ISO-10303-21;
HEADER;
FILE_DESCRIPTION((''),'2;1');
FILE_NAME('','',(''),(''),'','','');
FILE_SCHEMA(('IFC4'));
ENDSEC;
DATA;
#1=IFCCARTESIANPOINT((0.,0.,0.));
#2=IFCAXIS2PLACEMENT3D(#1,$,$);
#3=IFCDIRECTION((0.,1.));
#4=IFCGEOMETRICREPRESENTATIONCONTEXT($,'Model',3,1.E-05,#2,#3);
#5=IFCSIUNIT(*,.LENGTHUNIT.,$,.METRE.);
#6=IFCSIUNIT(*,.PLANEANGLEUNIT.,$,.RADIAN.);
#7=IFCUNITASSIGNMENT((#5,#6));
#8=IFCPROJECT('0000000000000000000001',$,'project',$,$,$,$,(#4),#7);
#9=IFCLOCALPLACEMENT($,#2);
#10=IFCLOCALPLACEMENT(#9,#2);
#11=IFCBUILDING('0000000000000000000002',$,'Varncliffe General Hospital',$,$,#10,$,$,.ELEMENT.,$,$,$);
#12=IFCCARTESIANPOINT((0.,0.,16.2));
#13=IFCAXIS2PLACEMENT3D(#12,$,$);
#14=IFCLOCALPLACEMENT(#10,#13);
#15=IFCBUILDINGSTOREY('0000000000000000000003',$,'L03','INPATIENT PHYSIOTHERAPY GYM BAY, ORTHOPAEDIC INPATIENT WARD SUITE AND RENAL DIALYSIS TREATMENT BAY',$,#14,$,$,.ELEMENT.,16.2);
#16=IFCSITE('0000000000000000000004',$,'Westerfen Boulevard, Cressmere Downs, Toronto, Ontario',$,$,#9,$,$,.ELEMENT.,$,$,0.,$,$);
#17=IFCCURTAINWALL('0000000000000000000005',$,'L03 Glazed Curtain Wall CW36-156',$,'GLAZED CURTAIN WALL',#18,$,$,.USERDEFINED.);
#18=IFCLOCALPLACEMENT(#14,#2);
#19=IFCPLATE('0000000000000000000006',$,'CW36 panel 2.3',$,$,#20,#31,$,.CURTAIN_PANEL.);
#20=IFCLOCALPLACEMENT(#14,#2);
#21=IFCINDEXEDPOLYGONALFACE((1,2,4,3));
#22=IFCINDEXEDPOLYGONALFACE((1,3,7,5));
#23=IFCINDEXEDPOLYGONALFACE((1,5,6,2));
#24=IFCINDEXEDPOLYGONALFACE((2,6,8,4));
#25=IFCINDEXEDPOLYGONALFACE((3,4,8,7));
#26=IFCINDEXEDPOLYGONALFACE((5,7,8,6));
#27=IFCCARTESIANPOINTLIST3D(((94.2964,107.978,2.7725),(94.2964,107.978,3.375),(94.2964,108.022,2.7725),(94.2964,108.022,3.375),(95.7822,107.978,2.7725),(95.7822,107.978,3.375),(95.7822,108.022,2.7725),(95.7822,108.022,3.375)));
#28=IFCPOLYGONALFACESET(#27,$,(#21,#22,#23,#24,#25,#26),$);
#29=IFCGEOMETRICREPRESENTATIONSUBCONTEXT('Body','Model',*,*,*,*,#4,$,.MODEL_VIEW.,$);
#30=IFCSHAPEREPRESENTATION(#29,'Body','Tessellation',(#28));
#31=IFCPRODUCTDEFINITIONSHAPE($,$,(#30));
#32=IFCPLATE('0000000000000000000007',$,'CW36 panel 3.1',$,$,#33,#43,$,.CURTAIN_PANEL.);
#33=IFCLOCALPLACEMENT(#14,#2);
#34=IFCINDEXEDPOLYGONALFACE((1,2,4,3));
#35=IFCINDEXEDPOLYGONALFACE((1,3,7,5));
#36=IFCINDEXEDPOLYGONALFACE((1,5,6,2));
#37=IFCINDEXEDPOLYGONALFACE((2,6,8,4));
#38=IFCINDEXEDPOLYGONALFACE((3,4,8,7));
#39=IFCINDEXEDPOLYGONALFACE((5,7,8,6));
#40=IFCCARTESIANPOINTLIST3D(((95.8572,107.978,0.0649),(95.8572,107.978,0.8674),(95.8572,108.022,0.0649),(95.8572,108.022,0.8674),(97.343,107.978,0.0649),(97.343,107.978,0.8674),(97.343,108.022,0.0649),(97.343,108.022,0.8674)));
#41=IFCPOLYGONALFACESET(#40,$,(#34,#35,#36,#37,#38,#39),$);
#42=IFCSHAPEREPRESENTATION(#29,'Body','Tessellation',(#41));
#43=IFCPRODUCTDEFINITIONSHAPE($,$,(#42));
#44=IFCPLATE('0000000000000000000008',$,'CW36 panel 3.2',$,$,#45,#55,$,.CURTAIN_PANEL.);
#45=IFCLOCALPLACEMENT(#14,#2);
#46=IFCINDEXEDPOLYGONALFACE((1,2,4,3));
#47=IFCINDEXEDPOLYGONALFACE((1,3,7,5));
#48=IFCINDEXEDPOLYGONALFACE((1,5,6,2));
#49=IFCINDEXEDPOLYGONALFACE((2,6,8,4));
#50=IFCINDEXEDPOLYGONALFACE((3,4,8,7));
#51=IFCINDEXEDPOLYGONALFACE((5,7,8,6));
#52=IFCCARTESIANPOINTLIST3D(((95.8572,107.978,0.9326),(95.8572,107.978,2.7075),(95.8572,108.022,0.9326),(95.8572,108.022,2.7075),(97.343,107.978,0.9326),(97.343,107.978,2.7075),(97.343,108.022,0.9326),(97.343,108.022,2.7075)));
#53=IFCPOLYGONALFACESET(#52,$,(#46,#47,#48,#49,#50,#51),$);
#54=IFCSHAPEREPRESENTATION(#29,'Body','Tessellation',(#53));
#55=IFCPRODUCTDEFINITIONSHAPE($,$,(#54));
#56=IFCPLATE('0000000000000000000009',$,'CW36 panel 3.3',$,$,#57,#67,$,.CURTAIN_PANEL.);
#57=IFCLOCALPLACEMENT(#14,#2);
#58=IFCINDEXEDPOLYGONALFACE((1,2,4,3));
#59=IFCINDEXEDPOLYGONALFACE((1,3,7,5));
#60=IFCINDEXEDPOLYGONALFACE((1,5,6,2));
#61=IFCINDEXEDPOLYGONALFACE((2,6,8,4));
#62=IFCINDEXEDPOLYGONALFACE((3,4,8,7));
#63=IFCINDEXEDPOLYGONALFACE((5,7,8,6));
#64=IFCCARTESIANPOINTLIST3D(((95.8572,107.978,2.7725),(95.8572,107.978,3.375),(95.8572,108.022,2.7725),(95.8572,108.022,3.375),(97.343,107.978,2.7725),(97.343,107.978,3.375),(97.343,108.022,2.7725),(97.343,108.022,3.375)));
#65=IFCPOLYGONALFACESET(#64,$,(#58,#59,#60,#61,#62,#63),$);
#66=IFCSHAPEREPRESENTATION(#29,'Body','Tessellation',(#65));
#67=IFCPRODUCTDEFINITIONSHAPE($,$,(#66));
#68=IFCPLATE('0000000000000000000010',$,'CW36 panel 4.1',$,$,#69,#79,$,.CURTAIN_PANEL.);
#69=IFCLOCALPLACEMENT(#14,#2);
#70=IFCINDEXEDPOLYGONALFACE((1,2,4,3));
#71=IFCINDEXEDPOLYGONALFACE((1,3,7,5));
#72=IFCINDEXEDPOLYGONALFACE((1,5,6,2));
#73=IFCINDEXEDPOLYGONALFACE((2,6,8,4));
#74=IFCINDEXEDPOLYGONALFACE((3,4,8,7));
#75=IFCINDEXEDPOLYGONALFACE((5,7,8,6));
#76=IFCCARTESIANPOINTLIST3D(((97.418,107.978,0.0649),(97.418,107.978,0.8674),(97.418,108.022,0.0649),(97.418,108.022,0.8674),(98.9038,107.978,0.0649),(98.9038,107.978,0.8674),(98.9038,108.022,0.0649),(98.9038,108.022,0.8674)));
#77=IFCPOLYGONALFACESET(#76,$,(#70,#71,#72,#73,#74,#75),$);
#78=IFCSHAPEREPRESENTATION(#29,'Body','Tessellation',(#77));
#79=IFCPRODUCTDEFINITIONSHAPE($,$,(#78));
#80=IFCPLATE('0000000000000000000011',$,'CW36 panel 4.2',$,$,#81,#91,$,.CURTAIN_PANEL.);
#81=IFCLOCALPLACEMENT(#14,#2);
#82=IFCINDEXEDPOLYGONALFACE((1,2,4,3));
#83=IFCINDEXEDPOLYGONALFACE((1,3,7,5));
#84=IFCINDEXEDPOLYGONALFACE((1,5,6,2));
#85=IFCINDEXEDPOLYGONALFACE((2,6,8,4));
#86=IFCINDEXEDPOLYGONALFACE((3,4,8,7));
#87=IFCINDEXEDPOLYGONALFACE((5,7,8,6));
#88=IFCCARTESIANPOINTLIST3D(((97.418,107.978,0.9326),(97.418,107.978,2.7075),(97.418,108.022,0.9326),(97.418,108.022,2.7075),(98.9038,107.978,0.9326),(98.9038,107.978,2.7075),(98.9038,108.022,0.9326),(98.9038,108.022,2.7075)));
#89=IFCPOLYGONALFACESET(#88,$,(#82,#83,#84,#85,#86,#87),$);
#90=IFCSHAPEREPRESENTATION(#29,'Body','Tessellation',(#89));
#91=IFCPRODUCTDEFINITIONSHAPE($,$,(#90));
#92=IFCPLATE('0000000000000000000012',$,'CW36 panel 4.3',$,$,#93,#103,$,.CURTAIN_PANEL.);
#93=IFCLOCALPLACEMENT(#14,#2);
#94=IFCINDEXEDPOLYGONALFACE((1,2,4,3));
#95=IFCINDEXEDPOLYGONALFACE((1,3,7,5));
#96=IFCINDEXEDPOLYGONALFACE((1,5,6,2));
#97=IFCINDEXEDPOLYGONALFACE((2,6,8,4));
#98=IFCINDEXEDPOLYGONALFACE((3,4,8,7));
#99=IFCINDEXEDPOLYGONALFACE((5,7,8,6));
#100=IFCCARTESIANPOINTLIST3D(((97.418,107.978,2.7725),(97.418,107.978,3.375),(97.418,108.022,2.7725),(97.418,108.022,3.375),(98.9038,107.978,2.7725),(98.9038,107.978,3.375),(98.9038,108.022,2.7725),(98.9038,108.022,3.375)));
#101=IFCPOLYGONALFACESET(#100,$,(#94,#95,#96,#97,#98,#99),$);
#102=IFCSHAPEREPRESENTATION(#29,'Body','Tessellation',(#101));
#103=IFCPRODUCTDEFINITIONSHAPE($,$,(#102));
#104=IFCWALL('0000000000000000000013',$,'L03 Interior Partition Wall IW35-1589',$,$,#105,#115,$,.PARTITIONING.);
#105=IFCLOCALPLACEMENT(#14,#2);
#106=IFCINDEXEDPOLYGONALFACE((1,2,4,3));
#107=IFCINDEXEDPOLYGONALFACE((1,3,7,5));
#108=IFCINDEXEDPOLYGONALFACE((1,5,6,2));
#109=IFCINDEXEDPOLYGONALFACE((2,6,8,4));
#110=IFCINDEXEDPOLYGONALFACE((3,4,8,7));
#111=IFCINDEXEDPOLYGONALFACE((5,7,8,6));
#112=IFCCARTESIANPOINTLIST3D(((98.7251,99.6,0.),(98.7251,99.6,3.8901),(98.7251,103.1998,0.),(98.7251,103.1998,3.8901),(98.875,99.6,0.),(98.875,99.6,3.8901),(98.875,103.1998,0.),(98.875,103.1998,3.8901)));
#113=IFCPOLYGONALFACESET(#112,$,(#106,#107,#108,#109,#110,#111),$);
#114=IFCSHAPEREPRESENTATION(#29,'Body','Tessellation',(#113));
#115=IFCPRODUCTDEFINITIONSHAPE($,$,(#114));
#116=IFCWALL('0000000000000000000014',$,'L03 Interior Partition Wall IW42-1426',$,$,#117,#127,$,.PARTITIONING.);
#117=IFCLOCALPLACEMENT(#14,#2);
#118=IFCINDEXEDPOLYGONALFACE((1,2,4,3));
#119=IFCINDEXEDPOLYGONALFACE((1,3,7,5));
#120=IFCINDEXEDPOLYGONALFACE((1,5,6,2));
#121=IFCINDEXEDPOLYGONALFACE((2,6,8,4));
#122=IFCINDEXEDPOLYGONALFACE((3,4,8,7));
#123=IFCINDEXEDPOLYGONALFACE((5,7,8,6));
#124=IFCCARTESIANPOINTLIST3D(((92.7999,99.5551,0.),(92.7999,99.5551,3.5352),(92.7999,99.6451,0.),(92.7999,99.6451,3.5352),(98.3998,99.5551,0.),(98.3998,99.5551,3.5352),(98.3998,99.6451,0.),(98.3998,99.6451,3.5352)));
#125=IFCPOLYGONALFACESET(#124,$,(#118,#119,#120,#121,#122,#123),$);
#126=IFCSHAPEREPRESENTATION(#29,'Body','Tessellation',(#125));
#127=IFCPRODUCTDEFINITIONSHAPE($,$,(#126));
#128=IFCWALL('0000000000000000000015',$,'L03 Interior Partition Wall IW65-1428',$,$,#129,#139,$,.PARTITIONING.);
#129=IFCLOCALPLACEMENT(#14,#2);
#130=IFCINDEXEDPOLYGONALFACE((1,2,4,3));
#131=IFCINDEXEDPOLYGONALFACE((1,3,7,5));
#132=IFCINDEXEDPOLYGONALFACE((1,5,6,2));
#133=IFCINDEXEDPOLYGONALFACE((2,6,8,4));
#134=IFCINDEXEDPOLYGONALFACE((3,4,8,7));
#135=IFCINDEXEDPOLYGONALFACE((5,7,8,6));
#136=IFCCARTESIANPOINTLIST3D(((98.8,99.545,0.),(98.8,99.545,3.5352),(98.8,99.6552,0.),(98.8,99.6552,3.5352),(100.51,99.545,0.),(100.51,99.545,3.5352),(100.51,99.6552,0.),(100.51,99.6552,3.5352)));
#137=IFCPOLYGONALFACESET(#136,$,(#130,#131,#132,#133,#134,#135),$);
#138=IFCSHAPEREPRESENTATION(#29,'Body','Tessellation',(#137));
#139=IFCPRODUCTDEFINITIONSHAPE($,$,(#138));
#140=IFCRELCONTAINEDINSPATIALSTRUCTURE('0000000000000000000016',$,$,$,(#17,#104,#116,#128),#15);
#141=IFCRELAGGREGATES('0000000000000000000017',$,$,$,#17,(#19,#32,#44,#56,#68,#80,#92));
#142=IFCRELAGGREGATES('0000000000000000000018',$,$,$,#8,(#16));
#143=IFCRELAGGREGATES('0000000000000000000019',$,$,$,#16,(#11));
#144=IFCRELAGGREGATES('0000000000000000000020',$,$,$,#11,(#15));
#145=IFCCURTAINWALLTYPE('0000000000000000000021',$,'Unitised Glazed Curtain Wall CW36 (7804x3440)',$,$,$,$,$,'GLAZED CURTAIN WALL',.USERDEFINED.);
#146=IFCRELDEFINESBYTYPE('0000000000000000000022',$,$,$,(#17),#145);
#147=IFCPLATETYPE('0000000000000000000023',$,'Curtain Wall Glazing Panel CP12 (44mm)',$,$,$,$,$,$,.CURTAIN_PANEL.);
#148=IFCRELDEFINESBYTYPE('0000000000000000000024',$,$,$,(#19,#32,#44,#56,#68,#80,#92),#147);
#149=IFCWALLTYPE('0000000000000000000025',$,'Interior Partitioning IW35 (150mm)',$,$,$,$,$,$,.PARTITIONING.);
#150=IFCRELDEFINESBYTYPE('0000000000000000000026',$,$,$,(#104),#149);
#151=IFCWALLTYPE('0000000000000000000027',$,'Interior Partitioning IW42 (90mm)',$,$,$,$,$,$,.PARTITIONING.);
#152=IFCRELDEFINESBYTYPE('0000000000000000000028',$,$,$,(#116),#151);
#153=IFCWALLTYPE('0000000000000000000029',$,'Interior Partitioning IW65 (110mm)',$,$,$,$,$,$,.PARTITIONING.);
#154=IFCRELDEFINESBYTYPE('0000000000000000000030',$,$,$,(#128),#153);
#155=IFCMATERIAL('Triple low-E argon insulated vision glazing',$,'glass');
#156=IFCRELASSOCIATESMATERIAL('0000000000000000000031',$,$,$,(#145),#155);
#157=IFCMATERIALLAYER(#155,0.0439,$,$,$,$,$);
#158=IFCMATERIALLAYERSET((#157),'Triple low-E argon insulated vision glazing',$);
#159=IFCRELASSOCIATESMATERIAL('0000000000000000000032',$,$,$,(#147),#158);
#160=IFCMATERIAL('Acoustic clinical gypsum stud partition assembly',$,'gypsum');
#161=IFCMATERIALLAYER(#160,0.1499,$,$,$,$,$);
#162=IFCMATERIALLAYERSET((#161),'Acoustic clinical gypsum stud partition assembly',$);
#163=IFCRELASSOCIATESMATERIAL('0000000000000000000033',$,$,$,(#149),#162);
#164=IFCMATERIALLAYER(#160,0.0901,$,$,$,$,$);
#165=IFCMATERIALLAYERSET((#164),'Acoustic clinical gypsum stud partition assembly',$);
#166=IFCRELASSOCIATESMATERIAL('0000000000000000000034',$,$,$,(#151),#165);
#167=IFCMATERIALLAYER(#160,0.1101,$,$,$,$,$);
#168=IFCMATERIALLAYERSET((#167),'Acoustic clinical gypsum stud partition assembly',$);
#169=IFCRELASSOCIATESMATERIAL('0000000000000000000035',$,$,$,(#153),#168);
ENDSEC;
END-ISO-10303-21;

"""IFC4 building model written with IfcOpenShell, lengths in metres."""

from ifc_helpers import new_model, si_unit, direction, frame, frame_2d, origin, origin_2d, place, context, subcontext, project, spatial, rectangle, extrude, material, layer, layer_set, type_object, element, aggregate, save


model = new_model("IFC4")

# Units and contexts
model_context = context("Model", 3, precision=1e-05, world=origin(), true_north=direction((0.0, 1.0)))
body_context = subcontext(model_context, "Body", "Model", "MODEL_VIEW")
ifc_project = project(units=[si_unit("LENGTHUNIT", "METRE"), si_unit("PLANEANGLEUNIT", "RADIAN")], contexts=[model_context])

# Site, building, storey
site_placement = place(None, origin())
site = spatial("IfcSite", under=ifc_project, at=site_placement, Name="Westerfen Boulevard, Cressmere Downs, Toronto, Ontario", CompositionType="ELEMENT", RefElevation=0.0)
building_placement = place(site_placement, origin())
building = spatial("IfcBuilding", under=site, at=building_placement, Name="Varncliffe General Hospital", CompositionType="ELEMENT")
storey_placement = place(building_placement, frame((0.0, 0.0, 16.2)))
storey = spatial("IfcBuildingStorey", under=building, at=storey_placement, Name="L03", Description="INPATIENT PHYSIOTHERAPY GYM BAY, ORTHOPAEDIC INPATIENT WARD SUITE AND RENAL DIALYSIS TREATMENT BAY", CompositionType="ELEMENT", Elevation=16.2)

# Curtain wall
ifc_material_1 = material(Name="Triple low-E argon insulated vision glazing", Category="glass")
curtain_wall_type = type_object("IfcCurtainWallType", Name="Unitised Glazed Curtain Wall CW36 (7804x3440)", ElementType="GLAZED CURTAIN WALL", PredefinedType="USERDEFINED", material=ifc_material_1)
curtain_wall_placement = place(storey_placement, origin())
curtain_wall = element("IfcCurtainWall", 1, at=curtain_wall_placement, inside=storey, type_object=curtain_wall_type, Name="L03 Glazed Curtain Wall CW36-156", ObjectType="GLAZED CURTAIN WALL", PredefinedType="USERDEFINED")

# Plates
ifc_layer_1 = layer(ifc_material_1, 0.0439)
ifc_layer_set_1 = layer_set([ifc_layer_1], Name="Triple low-E argon insulated vision glazing")
plate_type = type_object("IfcPlateType", Name="Curtain Wall Glazing Panel CP12 (44mm)", PredefinedType="CURTAIN_PANEL", material=ifc_layer_set_1)
plate_1_placement = place(storey_placement, frame((95.0393, 108.0, 2.7725), z_axis=(0.0, 0.0, 1.0), x_axis=(1.0, 0.0, 0.0)))
plate_1 = element("IfcPlate", 2, at=plate_1_placement, type_object=plate_type, Name="CW36 panel 2.3", PredefinedType="CURTAIN_PANEL", context=body_context, shape_type="SweptSolid", body=[
    extrude(rectangle(XDim=1.4858, YDim=0.0439, at=origin_2d()), origin(), (0.0, 0.0, 1.0), 0.6025),
])
plate_2_placement = place(storey_placement, frame((96.6001, 108.0, 0.0649), z_axis=(0.0, 0.0, 1.0), x_axis=(1.0, 0.0, 0.0)))
plate_2 = element("IfcPlate", 3, at=plate_2_placement, type_object=plate_type, Name="CW36 panel 3.1", PredefinedType="CURTAIN_PANEL", context=body_context, shape_type="SweptSolid", body=[
    extrude(rectangle(XDim=1.4858, YDim=0.0439, at=origin_2d()), origin(), (0.0, 0.0, 1.0), 0.8025),
])
plate_3_placement = place(storey_placement, frame((96.6001, 108.0, 0.9326), z_axis=(0.0, 0.0, 1.0), x_axis=(1.0, 0.0, 0.0)))
plate_3 = element("IfcPlate", 4, at=plate_3_placement, type_object=plate_type, Name="CW36 panel 3.2", PredefinedType="CURTAIN_PANEL", context=body_context, shape_type="SweptSolid", body=[
    extrude(rectangle(XDim=1.4858, YDim=0.0439, at=origin_2d()), origin(), (0.0, 0.0, 1.0), 1.7749),
])
plate_4_placement = place(storey_placement, frame((96.6001, 108.0, 2.7725), z_axis=(0.0, 0.0, 1.0), x_axis=(1.0, 0.0, 0.0)))
plate_4 = element("IfcPlate", 5, at=plate_4_placement, type_object=plate_type, Name="CW36 panel 3.3", PredefinedType="CURTAIN_PANEL", context=body_context, shape_type="SweptSolid", body=[
    extrude(rectangle(XDim=1.4858, YDim=0.0439, at=origin_2d()), origin(), (0.0, 0.0, 1.0), 0.6025),
])
plate_5_placement = place(storey_placement, frame((98.1609, 108.0, 0.0649), z_axis=(0.0, 0.0, 1.0), x_axis=(1.0, 0.0, 0.0)))
plate_5 = element("IfcPlate", 6, at=plate_5_placement, type_object=plate_type, Name="CW36 panel 4.1", PredefinedType="CURTAIN_PANEL", context=body_context, shape_type="SweptSolid", body=[
    extrude(rectangle(XDim=1.4858, YDim=0.0439, at=origin_2d()), origin(), (0.0, 0.0, 1.0), 0.8025),
])
plate_6_placement = place(storey_placement, frame((98.1609, 108.0, 0.9326), z_axis=(0.0, 0.0, 1.0), x_axis=(1.0, 0.0, 0.0)))
plate_6 = element("IfcPlate", 7, at=plate_6_placement, type_object=plate_type, Name="CW36 panel 4.2", PredefinedType="CURTAIN_PANEL", context=body_context, shape_type="SweptSolid", body=[
    extrude(rectangle(XDim=1.4858, YDim=0.0439, at=origin_2d()), origin(), (0.0, 0.0, 1.0), 1.7749),
])
plate_7_placement = place(storey_placement, frame((98.1609, 108.0, 2.7725), z_axis=(0.0, 0.0, 1.0), x_axis=(1.0, 0.0, 0.0)))
plate_7 = element("IfcPlate", 8, at=plate_7_placement, type_object=plate_type, Name="CW36 panel 4.3", PredefinedType="CURTAIN_PANEL", context=body_context, shape_type="SweptSolid", body=[
    extrude(rectangle(XDim=1.4858, YDim=0.0439, at=origin_2d()), origin(), (0.0, 0.0, 1.0), 0.6025),
])
aggregate(curtain_wall, [plate_1, plate_2, plate_3, plate_4, plate_5, plate_6, plate_7])

# Walls
ifc_material_2 = material(Name="Acoustic clinical gypsum stud partition assembly", Category="gypsum")
ifc_layer_2 = layer(ifc_material_2, 0.1499)
ifc_layer_set_2 = layer_set([ifc_layer_2], Name="Acoustic clinical gypsum stud partition assembly")
wall_type_1 = type_object("IfcWallType", Name="Interior Partitioning IW35 (150mm)", PredefinedType="PARTITIONING", material=ifc_layer_set_2)
wall_1_placement = place(storey_placement, frame((98.8, 99.6001, 0.0), z_axis=(0.0, 0.0, 1.0), x_axis=(0.0, 1.0, 0.0)))
element("IfcWall", 9, at=wall_1_placement, inside=storey, type_object=wall_type_1, Name="L03 Interior Partition Wall IW35-1589", PredefinedType="PARTITIONING", context=body_context, shape_type="SweptSolid", body=[
    extrude(rectangle(XDim=3.5999, YDim=0.1499, at=frame_2d((1.7998, 0.0))), origin(), (0.0, 0.0, 1.0), 3.8901),
])
ifc_layer_3 = layer(ifc_material_2, 0.0901)
ifc_layer_set_3 = layer_set([ifc_layer_3], Name="Acoustic clinical gypsum stud partition assembly")
wall_type_2 = type_object("IfcWallType", Name="Interior Partitioning IW42 (90mm)", PredefinedType="PARTITIONING", material=ifc_layer_set_3)
wall_2_placement = place(storey_placement, frame((92.8, 99.6001, 0.0), z_axis=(0.0, 0.0, 1.0), x_axis=(1.0, 0.0, 0.0)))
element("IfcWall", 10, at=wall_2_placement, inside=storey, type_object=wall_type_2, Name="L03 Interior Partition Wall IW42-1426", PredefinedType="PARTITIONING", context=body_context, shape_type="SweptSolid", body=[
    extrude(rectangle(XDim=5.5999, YDim=0.0901, at=frame_2d((2.7998, 0.0))), origin(), (0.0, 0.0, 1.0), 3.5352),
])
ifc_layer_4 = layer(ifc_material_2, 0.1101)
ifc_layer_set_4 = layer_set([ifc_layer_4], Name="Acoustic clinical gypsum stud partition assembly")
wall_type_3 = type_object("IfcWallType", Name="Interior Partitioning IW65 (110mm)", PredefinedType="PARTITIONING", material=ifc_layer_set_4)
wall_3_placement = place(storey_placement, frame((98.8, 99.6001, 0.0), z_axis=(0.0, 0.0, 1.0), x_axis=(1.0, 0.0, 0.0)))
element("IfcWall", 11, at=wall_3_placement, inside=storey, type_object=wall_type_3, Name="L03 Interior Partition Wall IW65-1428", PredefinedType="PARTITIONING", context=body_context, shape_type="SweptSolid", body=[
    extrude(rectangle(XDim=1.71, YDim=0.1101, at=frame_2d((0.855, 0.0))), origin(), (0.0, 0.0, 1.0), 3.5352),
])

save(model, "model.ifc")
